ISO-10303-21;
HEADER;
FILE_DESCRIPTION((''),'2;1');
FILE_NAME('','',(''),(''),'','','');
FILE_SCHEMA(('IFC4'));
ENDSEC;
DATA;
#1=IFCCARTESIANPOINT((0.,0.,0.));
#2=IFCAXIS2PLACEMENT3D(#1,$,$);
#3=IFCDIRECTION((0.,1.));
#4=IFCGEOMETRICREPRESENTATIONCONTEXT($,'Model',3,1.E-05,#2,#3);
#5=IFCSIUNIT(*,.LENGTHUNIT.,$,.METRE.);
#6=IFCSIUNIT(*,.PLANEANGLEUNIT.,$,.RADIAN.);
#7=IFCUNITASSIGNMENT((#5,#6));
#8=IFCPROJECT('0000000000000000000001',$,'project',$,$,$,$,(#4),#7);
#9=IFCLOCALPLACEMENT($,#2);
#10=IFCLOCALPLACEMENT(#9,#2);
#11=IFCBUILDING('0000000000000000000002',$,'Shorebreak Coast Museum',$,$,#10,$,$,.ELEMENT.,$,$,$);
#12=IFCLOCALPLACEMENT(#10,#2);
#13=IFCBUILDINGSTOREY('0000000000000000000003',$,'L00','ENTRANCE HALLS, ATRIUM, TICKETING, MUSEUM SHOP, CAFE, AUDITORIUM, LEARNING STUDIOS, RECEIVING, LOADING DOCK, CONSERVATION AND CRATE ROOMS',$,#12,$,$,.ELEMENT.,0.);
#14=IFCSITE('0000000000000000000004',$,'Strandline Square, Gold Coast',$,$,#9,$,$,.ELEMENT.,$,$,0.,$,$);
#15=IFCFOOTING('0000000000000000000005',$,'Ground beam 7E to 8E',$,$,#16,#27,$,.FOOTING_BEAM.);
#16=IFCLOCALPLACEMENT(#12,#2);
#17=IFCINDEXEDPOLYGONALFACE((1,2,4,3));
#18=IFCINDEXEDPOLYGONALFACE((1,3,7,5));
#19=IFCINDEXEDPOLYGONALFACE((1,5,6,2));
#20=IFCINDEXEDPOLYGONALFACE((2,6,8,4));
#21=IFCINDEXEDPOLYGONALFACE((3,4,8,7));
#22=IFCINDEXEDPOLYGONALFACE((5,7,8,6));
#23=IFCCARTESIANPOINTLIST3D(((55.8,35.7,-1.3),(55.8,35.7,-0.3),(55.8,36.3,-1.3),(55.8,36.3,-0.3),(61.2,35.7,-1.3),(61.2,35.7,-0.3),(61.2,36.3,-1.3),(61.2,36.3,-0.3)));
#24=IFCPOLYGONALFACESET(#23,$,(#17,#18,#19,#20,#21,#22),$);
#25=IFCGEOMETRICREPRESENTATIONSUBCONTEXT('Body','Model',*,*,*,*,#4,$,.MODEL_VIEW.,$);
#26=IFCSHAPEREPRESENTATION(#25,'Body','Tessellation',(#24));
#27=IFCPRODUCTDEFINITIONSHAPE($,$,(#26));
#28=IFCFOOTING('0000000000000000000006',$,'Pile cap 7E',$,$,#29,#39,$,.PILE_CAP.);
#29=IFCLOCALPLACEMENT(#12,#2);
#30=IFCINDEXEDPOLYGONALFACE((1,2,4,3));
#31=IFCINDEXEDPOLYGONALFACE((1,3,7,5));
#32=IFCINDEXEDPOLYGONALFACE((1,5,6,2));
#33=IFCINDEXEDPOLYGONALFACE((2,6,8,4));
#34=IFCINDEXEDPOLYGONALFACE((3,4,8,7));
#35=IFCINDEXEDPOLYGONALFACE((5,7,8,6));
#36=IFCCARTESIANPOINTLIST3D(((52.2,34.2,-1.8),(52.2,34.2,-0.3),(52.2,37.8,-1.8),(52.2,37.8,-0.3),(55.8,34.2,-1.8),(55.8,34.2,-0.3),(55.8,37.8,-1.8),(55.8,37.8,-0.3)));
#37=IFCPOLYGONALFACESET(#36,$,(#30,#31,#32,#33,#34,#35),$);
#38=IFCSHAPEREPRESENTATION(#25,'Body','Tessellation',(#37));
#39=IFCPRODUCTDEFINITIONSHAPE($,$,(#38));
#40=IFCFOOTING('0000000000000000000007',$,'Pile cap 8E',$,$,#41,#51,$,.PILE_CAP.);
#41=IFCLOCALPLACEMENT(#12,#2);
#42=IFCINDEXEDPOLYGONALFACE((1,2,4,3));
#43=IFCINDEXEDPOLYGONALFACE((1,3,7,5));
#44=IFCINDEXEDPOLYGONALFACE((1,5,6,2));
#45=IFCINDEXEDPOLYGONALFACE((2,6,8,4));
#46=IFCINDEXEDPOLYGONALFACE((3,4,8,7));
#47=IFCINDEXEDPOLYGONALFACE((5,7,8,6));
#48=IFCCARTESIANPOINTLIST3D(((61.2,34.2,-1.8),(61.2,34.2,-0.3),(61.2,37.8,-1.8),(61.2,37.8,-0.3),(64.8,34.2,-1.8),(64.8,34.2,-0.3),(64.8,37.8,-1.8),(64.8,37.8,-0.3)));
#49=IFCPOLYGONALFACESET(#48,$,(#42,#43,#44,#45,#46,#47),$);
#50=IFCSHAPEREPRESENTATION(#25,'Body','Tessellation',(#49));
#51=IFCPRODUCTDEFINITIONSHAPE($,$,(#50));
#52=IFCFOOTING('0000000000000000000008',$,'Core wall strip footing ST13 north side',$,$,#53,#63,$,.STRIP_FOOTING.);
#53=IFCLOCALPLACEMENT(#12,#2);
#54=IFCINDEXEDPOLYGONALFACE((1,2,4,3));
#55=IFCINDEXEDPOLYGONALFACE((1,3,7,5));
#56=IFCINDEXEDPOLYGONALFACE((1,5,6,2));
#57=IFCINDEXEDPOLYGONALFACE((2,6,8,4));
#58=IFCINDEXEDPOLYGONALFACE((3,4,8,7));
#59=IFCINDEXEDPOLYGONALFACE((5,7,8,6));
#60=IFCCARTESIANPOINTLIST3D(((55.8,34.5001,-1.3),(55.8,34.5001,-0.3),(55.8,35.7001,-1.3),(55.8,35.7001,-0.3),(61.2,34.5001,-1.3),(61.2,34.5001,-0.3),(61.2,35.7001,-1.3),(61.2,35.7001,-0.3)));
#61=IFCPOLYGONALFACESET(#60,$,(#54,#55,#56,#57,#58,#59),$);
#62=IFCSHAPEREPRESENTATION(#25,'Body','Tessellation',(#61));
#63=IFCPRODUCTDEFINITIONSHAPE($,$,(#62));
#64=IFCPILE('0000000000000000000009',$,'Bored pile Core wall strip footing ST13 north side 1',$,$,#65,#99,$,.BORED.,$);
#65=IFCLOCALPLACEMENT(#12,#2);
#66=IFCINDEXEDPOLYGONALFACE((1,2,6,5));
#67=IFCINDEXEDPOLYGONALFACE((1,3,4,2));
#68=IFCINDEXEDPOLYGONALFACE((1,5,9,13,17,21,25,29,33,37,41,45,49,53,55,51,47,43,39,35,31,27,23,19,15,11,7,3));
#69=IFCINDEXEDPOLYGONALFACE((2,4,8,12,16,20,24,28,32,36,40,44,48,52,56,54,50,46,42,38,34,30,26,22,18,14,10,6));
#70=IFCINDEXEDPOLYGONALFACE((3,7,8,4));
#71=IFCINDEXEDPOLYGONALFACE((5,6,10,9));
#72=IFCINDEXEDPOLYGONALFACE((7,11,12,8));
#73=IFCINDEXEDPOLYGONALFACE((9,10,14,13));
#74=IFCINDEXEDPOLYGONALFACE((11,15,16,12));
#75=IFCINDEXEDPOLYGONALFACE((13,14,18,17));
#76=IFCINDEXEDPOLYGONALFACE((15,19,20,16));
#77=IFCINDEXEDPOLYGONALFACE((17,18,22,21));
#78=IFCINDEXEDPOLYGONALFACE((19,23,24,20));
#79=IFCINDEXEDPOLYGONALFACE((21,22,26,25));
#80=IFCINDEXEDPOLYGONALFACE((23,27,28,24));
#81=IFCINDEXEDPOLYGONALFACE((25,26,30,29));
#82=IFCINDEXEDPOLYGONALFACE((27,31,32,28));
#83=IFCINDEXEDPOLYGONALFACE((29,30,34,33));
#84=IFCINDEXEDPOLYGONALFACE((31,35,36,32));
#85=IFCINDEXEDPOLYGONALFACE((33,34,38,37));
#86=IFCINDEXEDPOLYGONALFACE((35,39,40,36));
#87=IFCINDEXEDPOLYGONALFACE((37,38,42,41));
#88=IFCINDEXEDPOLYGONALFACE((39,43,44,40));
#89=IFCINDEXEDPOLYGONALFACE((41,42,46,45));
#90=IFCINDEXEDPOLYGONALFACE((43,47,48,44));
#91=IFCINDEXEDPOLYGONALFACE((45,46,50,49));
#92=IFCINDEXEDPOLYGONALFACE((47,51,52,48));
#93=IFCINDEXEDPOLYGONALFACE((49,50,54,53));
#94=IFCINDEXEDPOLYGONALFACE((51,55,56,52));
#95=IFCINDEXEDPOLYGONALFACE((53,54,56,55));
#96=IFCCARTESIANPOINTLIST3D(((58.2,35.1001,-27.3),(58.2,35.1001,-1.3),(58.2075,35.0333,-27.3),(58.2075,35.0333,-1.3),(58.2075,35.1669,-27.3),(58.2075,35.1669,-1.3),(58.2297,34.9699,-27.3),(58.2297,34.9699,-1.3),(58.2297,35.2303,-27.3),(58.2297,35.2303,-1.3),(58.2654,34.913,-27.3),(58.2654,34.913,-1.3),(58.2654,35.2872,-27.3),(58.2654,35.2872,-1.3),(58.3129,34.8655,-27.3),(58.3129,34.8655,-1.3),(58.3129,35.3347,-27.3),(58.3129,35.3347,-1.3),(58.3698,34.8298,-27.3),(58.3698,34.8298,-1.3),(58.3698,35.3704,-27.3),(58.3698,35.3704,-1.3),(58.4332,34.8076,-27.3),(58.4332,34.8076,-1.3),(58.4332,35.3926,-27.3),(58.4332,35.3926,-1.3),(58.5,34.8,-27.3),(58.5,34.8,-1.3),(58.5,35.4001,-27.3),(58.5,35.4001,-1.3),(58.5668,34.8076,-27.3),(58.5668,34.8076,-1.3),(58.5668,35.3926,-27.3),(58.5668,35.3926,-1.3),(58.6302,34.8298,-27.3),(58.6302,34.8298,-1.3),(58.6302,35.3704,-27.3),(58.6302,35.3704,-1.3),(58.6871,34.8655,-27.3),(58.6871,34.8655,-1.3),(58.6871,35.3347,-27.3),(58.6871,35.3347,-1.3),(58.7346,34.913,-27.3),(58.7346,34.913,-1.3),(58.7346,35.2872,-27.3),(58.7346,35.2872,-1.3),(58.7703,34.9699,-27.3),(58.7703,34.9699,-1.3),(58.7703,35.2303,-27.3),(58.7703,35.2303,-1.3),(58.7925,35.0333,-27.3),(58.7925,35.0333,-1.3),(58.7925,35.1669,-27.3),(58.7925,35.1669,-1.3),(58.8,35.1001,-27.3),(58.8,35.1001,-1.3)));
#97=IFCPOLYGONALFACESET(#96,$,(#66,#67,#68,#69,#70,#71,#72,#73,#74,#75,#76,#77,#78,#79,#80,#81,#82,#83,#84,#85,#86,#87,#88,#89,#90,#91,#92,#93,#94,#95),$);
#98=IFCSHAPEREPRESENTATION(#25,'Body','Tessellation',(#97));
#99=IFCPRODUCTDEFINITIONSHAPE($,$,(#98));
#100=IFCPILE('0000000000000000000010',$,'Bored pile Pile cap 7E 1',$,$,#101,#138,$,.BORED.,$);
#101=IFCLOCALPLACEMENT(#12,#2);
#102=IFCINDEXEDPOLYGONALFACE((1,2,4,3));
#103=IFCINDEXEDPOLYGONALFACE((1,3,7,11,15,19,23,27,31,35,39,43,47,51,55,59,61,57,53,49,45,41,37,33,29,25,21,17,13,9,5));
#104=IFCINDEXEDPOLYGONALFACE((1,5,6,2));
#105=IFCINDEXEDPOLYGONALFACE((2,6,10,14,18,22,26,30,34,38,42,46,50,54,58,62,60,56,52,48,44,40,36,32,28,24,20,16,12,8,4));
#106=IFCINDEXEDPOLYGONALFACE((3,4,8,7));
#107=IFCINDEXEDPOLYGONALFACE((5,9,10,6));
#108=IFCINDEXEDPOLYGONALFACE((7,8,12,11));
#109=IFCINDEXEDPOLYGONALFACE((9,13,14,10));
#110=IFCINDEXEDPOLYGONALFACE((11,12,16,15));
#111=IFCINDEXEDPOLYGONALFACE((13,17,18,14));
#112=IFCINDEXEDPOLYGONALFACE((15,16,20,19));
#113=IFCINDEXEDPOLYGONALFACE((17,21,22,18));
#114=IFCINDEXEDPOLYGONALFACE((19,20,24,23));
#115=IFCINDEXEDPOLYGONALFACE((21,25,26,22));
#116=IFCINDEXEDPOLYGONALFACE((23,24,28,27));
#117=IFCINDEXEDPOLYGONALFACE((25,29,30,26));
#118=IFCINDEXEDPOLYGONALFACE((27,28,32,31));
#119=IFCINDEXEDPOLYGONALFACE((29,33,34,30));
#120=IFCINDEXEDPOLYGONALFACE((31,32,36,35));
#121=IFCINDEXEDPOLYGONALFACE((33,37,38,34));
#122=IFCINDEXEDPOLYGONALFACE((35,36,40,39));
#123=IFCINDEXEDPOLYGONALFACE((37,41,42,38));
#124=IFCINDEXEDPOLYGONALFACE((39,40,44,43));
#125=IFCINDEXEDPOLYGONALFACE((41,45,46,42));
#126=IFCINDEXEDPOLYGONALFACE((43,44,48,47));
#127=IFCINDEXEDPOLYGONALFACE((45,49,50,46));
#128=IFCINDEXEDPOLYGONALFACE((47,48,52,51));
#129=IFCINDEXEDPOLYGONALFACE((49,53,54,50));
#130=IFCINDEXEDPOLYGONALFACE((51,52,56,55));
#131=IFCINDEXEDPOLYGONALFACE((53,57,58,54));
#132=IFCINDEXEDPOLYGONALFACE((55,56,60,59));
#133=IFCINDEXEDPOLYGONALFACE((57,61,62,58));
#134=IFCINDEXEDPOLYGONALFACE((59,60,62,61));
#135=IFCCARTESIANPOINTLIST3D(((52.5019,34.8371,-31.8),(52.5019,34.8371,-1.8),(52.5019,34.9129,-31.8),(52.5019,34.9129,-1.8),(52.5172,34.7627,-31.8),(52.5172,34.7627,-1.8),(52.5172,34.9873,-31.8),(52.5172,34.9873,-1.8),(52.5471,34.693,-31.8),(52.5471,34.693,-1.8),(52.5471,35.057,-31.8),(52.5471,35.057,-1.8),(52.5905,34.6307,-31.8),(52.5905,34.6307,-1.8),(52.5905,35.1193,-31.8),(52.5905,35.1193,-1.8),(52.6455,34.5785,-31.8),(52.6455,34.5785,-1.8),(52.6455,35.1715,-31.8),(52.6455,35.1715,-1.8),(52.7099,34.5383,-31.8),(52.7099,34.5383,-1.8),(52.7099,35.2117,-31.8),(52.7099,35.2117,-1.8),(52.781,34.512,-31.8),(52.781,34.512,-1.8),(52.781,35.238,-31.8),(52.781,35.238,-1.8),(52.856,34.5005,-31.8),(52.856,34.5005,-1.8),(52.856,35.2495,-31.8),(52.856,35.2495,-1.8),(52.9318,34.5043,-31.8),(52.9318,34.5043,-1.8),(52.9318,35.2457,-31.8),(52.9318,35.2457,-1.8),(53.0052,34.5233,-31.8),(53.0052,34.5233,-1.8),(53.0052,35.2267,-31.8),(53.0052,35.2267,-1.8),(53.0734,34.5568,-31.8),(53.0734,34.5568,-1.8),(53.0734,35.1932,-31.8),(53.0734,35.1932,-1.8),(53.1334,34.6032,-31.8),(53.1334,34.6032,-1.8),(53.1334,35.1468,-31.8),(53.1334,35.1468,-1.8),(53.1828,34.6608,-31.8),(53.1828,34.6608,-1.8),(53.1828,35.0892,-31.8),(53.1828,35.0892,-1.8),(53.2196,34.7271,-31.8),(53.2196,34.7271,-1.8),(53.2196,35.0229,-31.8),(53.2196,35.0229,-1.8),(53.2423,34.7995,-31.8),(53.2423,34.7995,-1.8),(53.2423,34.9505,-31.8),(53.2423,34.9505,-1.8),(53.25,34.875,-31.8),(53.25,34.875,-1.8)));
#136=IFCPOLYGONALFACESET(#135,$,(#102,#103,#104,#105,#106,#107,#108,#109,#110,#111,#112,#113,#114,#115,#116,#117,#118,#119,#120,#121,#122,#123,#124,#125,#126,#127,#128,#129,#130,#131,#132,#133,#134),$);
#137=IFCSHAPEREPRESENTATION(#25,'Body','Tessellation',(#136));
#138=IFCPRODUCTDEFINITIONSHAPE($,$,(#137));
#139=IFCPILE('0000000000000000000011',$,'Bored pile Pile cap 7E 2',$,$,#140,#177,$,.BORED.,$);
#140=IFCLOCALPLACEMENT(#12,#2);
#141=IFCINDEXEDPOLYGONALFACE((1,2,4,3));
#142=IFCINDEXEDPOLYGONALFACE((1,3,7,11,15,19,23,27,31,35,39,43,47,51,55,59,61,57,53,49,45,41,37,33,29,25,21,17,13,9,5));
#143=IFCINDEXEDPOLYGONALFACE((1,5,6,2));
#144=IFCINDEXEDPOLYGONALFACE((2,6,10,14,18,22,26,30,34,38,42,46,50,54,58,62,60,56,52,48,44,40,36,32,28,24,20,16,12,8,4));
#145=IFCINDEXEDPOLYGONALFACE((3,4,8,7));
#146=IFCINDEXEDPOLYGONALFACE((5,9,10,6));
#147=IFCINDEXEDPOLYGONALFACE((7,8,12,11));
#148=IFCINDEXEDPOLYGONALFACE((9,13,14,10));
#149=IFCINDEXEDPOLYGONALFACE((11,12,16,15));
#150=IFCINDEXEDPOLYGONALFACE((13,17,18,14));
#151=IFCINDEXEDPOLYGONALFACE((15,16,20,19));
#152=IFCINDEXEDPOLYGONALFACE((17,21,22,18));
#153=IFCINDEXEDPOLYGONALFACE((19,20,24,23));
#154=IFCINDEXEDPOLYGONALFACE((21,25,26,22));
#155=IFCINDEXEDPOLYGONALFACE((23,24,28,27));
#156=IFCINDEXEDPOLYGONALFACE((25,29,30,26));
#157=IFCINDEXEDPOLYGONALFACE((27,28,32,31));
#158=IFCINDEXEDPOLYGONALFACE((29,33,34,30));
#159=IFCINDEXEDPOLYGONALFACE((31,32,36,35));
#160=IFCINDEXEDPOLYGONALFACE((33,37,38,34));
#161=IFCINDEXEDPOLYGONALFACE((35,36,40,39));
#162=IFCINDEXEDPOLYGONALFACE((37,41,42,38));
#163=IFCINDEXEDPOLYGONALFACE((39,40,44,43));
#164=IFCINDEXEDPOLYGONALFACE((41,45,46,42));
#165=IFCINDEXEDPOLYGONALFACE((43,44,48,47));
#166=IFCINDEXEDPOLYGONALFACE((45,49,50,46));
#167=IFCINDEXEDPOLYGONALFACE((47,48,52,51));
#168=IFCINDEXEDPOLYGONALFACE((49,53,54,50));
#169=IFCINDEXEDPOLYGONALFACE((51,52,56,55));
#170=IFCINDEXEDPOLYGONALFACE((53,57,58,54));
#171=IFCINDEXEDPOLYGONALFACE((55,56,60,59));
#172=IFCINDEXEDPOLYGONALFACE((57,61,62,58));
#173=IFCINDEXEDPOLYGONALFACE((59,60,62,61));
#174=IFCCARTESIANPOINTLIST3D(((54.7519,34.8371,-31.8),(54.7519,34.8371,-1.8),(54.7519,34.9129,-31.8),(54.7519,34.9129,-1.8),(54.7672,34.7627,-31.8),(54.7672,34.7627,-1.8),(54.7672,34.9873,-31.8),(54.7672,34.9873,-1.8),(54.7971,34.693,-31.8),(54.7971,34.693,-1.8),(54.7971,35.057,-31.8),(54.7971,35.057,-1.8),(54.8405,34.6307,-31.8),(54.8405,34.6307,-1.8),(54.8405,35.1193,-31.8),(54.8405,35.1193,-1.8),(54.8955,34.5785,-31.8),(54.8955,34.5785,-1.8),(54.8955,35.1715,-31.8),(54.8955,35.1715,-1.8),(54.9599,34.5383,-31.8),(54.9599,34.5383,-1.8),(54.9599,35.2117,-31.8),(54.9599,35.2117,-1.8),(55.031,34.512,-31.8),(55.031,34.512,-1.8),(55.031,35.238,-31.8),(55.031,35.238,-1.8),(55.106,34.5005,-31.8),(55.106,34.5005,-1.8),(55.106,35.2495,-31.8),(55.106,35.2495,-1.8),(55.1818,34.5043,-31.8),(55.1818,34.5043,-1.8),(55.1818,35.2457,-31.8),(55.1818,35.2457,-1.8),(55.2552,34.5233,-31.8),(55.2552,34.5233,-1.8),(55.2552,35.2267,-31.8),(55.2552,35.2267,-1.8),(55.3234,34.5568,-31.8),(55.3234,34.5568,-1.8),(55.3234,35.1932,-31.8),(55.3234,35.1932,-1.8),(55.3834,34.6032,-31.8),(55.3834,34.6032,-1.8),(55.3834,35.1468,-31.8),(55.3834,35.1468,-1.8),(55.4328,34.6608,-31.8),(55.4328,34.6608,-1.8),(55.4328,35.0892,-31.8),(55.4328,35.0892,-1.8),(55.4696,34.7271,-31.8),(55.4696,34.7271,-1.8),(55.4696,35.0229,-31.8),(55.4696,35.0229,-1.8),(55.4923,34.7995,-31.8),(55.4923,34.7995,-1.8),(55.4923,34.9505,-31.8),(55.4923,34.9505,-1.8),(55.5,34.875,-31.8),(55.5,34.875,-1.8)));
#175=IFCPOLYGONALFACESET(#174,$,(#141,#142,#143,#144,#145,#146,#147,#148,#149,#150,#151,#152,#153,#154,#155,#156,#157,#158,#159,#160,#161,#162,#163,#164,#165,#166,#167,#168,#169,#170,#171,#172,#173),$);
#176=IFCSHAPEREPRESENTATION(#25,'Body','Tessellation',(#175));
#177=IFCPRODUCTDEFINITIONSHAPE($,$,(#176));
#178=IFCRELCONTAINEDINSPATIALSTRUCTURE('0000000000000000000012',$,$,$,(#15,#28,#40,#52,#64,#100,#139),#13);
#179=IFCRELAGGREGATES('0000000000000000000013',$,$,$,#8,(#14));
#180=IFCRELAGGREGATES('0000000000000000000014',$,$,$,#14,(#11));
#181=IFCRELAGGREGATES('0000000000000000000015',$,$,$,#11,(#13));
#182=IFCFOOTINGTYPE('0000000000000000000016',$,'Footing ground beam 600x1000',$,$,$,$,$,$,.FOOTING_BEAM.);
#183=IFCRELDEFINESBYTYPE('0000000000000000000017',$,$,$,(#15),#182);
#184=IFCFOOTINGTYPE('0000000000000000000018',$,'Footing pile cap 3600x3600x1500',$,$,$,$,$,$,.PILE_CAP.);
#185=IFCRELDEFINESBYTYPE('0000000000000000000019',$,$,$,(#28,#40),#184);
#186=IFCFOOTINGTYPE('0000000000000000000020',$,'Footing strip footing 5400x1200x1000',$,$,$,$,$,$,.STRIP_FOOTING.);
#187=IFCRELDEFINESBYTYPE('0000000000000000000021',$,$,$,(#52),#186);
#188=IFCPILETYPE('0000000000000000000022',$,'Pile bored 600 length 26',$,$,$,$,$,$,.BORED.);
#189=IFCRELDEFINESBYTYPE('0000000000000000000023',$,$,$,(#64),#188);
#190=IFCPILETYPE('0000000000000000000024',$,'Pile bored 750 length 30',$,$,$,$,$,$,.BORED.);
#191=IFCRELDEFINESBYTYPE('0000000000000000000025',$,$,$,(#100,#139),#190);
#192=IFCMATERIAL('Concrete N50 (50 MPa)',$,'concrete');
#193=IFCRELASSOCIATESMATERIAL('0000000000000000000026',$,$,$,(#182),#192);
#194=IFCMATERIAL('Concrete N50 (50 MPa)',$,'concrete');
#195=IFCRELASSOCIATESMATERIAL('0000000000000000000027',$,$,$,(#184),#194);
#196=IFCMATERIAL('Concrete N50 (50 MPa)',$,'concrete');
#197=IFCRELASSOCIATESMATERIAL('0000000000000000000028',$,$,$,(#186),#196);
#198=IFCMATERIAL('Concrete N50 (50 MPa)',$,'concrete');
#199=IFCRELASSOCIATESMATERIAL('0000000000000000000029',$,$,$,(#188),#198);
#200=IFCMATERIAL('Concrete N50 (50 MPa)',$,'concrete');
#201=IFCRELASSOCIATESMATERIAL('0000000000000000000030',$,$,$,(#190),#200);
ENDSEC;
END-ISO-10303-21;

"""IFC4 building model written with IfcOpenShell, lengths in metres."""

from ifc_helpers import new_model, si_unit, direction, frame, origin, origin_2d, place, context, subcontext, project, spatial, rectangle, circle, extrude, material, material_profile, profile_set, type_object, element, save


model = new_model("IFC4")

# Units and contexts
model_context = context("Model", 3, precision=1e-05, world=origin(), true_north=direction((0.0, 1.0)))
body_context = subcontext(model_context, "Body", "Model", "MODEL_VIEW")
ifc_project = project(units=[si_unit("LENGTHUNIT", "METRE"), si_unit("PLANEANGLEUNIT", "RADIAN")], contexts=[model_context])

# Site, building, storey
site_placement = place(None, origin())
site = spatial("IfcSite", under=ifc_project, at=site_placement, Name="Strandline Square, Gold Coast", CompositionType="ELEMENT", RefElevation=0.0)
building_placement = place(site_placement, origin())
building = spatial("IfcBuilding", under=site, at=building_placement, Name="Shorebreak Coast Museum", CompositionType="ELEMENT")
storey_placement = place(building_placement, origin())
storey = spatial("IfcBuildingStorey", under=building, at=storey_placement, Name="L00", Description="ENTRANCE HALLS, ATRIUM, TICKETING, MUSEUM SHOP, CAFE, AUDITORIUM, LEARNING STUDIOS, RECEIVING, LOADING DOCK, CONSERVATION AND CRATE ROOMS", CompositionType="ELEMENT", Elevation=0.0)

# Footings
ifc_material_1 = material(Name="Concrete N50 (50 MPa)", Category="concrete")
footing_type_1 = type_object("IfcFootingType", Name="Footing ground beam 600x1000", PredefinedType="FOOTING_BEAM", material=ifc_material_1)
footing_1_placement = place(storey_placement, frame((58.5, 36.0, -1.3), z_axis=(0.0, 0.0, 1.0), x_axis=(1.0, 0.0, 0.0)))
element("IfcFooting", 1, at=footing_1_placement, inside=storey, type_object=footing_type_1, Name="Ground beam 7E to 8E", PredefinedType="FOOTING_BEAM", context=body_context, shape_type="SweptSolid", body=[
    extrude(rectangle(XDim=5.3999, YDim=0.6001, at=origin_2d()), origin(), (0.0, 0.0, 1.0), 1.0),
])
ifc_material_2 = material(Name="Concrete N50 (50 MPa)", Category="concrete")
footing_type_2 = type_object("IfcFootingType", Name="Footing pile cap 3600x3600x1500", PredefinedType="PILE_CAP", material=ifc_material_2)
for number, where, z_axis, x_axis, name in (
    (2, (54.0, 36.0, -1.8), (0.0, 0.0, 1.0), (1.0, 0.0, 0.0), "Pile cap 7E"),
    (3, (63.0, 36.0, -1.8), (0.0, 0.0, 1.0), (1.0, 0.0, 0.0), "Pile cap 8E"),
):
    element("IfcFooting", number, at=place(storey_placement, frame(where, z_axis=z_axis, x_axis=x_axis)), inside=storey, type_object=footing_type_2, Name=name, PredefinedType="PILE_CAP", context=body_context, shape_type="SweptSolid", body=[
        extrude(rectangle(XDim=3.6001, YDim=3.6001, at=origin_2d()), origin(), (0.0, 0.0, 1.0), 1.5),
    ])
ifc_material_3 = material(Name="Concrete N50 (50 MPa)", Category="concrete")
footing_type_3 = type_object("IfcFootingType", Name="Footing strip footing 5400x1200x1000", PredefinedType="STRIP_FOOTING", material=ifc_material_3)
footing_2_placement = place(storey_placement, frame((58.5, 35.1001, -1.3), z_axis=(0.0, 0.0, 1.0), x_axis=(1.0, 0.0, 0.0)))
element("IfcFooting", 4, at=footing_2_placement, inside=storey, type_object=footing_type_3, Name="Core wall strip footing ST13 north side", PredefinedType="STRIP_FOOTING", context=body_context, shape_type="SweptSolid", body=[
    extrude(rectangle(XDim=5.3999, YDim=1.2, at=origin_2d()), origin(), (0.0, 0.0, 1.0), 1.0),
])

# Piles
ifc_material_4 = material(Name="Concrete N50 (50 MPa)", Category="concrete")
ifc_material_profile_1 = material_profile(ifc_material_4, circle(Radius=0.3, at=origin_2d()), Name="Pile bored 600 length 26")
ifc_profile_set_1 = profile_set([ifc_material_profile_1], Name="Concrete N50 (50 MPa)")
pile_type_1 = type_object("IfcPileType", Name="Pile bored 600 length 26", PredefinedType="BORED", material=ifc_profile_set_1)
pile_placement = place(storey_placement, frame((58.5, 35.1001, -1.3), z_axis=(0.0, 0.0, -1.0), x_axis=(1.0, 0.0, 0.0)))
element("IfcPile", 5, at=pile_placement, inside=storey, type_object=pile_type_1, Name="Bored pile Core wall strip footing ST13 north side 1", PredefinedType="BORED", context=body_context, shape_type="SweptSolid", body=[
    extrude(circle(Radius=0.3, at=origin_2d()), origin(), (0.0, 0.0, 1.0), 26.0),
])
ifc_material_5 = material(Name="Concrete N50 (50 MPa)", Category="concrete")
ifc_material_profile_2 = material_profile(ifc_material_5, circle(Radius=0.375, at=origin_2d()), Name="Pile bored 750 length 30")
ifc_profile_set_2 = profile_set([ifc_material_profile_2], Name="Concrete N50 (50 MPa)")
pile_type_2 = type_object("IfcPileType", Name="Pile bored 750 length 30", PredefinedType="BORED", material=ifc_profile_set_2)
for number, where, z_axis, x_axis, name in (
    (6, (52.875, 34.875, -1.8), (0.0, 0.0, -1.0), (1.0, 0.0, 0.0), "Bored pile Pile cap 7E 1"),
    (7, (55.125, 34.875, -1.8), (0.0, 0.0, -1.0), (1.0, 0.0, 0.0), "Bored pile Pile cap 7E 2"),
):
    element("IfcPile", number, at=place(storey_placement, frame(where, z_axis=z_axis, x_axis=x_axis)), inside=storey, type_object=pile_type_2, Name=name, PredefinedType="BORED", context=body_context, shape_type="SweptSolid", body=[
        extrude(circle(Radius=0.375, at=origin_2d()), origin(), (0.0, 0.0, 1.0), 30.0),
    ])

save(model, "model.ifc")
